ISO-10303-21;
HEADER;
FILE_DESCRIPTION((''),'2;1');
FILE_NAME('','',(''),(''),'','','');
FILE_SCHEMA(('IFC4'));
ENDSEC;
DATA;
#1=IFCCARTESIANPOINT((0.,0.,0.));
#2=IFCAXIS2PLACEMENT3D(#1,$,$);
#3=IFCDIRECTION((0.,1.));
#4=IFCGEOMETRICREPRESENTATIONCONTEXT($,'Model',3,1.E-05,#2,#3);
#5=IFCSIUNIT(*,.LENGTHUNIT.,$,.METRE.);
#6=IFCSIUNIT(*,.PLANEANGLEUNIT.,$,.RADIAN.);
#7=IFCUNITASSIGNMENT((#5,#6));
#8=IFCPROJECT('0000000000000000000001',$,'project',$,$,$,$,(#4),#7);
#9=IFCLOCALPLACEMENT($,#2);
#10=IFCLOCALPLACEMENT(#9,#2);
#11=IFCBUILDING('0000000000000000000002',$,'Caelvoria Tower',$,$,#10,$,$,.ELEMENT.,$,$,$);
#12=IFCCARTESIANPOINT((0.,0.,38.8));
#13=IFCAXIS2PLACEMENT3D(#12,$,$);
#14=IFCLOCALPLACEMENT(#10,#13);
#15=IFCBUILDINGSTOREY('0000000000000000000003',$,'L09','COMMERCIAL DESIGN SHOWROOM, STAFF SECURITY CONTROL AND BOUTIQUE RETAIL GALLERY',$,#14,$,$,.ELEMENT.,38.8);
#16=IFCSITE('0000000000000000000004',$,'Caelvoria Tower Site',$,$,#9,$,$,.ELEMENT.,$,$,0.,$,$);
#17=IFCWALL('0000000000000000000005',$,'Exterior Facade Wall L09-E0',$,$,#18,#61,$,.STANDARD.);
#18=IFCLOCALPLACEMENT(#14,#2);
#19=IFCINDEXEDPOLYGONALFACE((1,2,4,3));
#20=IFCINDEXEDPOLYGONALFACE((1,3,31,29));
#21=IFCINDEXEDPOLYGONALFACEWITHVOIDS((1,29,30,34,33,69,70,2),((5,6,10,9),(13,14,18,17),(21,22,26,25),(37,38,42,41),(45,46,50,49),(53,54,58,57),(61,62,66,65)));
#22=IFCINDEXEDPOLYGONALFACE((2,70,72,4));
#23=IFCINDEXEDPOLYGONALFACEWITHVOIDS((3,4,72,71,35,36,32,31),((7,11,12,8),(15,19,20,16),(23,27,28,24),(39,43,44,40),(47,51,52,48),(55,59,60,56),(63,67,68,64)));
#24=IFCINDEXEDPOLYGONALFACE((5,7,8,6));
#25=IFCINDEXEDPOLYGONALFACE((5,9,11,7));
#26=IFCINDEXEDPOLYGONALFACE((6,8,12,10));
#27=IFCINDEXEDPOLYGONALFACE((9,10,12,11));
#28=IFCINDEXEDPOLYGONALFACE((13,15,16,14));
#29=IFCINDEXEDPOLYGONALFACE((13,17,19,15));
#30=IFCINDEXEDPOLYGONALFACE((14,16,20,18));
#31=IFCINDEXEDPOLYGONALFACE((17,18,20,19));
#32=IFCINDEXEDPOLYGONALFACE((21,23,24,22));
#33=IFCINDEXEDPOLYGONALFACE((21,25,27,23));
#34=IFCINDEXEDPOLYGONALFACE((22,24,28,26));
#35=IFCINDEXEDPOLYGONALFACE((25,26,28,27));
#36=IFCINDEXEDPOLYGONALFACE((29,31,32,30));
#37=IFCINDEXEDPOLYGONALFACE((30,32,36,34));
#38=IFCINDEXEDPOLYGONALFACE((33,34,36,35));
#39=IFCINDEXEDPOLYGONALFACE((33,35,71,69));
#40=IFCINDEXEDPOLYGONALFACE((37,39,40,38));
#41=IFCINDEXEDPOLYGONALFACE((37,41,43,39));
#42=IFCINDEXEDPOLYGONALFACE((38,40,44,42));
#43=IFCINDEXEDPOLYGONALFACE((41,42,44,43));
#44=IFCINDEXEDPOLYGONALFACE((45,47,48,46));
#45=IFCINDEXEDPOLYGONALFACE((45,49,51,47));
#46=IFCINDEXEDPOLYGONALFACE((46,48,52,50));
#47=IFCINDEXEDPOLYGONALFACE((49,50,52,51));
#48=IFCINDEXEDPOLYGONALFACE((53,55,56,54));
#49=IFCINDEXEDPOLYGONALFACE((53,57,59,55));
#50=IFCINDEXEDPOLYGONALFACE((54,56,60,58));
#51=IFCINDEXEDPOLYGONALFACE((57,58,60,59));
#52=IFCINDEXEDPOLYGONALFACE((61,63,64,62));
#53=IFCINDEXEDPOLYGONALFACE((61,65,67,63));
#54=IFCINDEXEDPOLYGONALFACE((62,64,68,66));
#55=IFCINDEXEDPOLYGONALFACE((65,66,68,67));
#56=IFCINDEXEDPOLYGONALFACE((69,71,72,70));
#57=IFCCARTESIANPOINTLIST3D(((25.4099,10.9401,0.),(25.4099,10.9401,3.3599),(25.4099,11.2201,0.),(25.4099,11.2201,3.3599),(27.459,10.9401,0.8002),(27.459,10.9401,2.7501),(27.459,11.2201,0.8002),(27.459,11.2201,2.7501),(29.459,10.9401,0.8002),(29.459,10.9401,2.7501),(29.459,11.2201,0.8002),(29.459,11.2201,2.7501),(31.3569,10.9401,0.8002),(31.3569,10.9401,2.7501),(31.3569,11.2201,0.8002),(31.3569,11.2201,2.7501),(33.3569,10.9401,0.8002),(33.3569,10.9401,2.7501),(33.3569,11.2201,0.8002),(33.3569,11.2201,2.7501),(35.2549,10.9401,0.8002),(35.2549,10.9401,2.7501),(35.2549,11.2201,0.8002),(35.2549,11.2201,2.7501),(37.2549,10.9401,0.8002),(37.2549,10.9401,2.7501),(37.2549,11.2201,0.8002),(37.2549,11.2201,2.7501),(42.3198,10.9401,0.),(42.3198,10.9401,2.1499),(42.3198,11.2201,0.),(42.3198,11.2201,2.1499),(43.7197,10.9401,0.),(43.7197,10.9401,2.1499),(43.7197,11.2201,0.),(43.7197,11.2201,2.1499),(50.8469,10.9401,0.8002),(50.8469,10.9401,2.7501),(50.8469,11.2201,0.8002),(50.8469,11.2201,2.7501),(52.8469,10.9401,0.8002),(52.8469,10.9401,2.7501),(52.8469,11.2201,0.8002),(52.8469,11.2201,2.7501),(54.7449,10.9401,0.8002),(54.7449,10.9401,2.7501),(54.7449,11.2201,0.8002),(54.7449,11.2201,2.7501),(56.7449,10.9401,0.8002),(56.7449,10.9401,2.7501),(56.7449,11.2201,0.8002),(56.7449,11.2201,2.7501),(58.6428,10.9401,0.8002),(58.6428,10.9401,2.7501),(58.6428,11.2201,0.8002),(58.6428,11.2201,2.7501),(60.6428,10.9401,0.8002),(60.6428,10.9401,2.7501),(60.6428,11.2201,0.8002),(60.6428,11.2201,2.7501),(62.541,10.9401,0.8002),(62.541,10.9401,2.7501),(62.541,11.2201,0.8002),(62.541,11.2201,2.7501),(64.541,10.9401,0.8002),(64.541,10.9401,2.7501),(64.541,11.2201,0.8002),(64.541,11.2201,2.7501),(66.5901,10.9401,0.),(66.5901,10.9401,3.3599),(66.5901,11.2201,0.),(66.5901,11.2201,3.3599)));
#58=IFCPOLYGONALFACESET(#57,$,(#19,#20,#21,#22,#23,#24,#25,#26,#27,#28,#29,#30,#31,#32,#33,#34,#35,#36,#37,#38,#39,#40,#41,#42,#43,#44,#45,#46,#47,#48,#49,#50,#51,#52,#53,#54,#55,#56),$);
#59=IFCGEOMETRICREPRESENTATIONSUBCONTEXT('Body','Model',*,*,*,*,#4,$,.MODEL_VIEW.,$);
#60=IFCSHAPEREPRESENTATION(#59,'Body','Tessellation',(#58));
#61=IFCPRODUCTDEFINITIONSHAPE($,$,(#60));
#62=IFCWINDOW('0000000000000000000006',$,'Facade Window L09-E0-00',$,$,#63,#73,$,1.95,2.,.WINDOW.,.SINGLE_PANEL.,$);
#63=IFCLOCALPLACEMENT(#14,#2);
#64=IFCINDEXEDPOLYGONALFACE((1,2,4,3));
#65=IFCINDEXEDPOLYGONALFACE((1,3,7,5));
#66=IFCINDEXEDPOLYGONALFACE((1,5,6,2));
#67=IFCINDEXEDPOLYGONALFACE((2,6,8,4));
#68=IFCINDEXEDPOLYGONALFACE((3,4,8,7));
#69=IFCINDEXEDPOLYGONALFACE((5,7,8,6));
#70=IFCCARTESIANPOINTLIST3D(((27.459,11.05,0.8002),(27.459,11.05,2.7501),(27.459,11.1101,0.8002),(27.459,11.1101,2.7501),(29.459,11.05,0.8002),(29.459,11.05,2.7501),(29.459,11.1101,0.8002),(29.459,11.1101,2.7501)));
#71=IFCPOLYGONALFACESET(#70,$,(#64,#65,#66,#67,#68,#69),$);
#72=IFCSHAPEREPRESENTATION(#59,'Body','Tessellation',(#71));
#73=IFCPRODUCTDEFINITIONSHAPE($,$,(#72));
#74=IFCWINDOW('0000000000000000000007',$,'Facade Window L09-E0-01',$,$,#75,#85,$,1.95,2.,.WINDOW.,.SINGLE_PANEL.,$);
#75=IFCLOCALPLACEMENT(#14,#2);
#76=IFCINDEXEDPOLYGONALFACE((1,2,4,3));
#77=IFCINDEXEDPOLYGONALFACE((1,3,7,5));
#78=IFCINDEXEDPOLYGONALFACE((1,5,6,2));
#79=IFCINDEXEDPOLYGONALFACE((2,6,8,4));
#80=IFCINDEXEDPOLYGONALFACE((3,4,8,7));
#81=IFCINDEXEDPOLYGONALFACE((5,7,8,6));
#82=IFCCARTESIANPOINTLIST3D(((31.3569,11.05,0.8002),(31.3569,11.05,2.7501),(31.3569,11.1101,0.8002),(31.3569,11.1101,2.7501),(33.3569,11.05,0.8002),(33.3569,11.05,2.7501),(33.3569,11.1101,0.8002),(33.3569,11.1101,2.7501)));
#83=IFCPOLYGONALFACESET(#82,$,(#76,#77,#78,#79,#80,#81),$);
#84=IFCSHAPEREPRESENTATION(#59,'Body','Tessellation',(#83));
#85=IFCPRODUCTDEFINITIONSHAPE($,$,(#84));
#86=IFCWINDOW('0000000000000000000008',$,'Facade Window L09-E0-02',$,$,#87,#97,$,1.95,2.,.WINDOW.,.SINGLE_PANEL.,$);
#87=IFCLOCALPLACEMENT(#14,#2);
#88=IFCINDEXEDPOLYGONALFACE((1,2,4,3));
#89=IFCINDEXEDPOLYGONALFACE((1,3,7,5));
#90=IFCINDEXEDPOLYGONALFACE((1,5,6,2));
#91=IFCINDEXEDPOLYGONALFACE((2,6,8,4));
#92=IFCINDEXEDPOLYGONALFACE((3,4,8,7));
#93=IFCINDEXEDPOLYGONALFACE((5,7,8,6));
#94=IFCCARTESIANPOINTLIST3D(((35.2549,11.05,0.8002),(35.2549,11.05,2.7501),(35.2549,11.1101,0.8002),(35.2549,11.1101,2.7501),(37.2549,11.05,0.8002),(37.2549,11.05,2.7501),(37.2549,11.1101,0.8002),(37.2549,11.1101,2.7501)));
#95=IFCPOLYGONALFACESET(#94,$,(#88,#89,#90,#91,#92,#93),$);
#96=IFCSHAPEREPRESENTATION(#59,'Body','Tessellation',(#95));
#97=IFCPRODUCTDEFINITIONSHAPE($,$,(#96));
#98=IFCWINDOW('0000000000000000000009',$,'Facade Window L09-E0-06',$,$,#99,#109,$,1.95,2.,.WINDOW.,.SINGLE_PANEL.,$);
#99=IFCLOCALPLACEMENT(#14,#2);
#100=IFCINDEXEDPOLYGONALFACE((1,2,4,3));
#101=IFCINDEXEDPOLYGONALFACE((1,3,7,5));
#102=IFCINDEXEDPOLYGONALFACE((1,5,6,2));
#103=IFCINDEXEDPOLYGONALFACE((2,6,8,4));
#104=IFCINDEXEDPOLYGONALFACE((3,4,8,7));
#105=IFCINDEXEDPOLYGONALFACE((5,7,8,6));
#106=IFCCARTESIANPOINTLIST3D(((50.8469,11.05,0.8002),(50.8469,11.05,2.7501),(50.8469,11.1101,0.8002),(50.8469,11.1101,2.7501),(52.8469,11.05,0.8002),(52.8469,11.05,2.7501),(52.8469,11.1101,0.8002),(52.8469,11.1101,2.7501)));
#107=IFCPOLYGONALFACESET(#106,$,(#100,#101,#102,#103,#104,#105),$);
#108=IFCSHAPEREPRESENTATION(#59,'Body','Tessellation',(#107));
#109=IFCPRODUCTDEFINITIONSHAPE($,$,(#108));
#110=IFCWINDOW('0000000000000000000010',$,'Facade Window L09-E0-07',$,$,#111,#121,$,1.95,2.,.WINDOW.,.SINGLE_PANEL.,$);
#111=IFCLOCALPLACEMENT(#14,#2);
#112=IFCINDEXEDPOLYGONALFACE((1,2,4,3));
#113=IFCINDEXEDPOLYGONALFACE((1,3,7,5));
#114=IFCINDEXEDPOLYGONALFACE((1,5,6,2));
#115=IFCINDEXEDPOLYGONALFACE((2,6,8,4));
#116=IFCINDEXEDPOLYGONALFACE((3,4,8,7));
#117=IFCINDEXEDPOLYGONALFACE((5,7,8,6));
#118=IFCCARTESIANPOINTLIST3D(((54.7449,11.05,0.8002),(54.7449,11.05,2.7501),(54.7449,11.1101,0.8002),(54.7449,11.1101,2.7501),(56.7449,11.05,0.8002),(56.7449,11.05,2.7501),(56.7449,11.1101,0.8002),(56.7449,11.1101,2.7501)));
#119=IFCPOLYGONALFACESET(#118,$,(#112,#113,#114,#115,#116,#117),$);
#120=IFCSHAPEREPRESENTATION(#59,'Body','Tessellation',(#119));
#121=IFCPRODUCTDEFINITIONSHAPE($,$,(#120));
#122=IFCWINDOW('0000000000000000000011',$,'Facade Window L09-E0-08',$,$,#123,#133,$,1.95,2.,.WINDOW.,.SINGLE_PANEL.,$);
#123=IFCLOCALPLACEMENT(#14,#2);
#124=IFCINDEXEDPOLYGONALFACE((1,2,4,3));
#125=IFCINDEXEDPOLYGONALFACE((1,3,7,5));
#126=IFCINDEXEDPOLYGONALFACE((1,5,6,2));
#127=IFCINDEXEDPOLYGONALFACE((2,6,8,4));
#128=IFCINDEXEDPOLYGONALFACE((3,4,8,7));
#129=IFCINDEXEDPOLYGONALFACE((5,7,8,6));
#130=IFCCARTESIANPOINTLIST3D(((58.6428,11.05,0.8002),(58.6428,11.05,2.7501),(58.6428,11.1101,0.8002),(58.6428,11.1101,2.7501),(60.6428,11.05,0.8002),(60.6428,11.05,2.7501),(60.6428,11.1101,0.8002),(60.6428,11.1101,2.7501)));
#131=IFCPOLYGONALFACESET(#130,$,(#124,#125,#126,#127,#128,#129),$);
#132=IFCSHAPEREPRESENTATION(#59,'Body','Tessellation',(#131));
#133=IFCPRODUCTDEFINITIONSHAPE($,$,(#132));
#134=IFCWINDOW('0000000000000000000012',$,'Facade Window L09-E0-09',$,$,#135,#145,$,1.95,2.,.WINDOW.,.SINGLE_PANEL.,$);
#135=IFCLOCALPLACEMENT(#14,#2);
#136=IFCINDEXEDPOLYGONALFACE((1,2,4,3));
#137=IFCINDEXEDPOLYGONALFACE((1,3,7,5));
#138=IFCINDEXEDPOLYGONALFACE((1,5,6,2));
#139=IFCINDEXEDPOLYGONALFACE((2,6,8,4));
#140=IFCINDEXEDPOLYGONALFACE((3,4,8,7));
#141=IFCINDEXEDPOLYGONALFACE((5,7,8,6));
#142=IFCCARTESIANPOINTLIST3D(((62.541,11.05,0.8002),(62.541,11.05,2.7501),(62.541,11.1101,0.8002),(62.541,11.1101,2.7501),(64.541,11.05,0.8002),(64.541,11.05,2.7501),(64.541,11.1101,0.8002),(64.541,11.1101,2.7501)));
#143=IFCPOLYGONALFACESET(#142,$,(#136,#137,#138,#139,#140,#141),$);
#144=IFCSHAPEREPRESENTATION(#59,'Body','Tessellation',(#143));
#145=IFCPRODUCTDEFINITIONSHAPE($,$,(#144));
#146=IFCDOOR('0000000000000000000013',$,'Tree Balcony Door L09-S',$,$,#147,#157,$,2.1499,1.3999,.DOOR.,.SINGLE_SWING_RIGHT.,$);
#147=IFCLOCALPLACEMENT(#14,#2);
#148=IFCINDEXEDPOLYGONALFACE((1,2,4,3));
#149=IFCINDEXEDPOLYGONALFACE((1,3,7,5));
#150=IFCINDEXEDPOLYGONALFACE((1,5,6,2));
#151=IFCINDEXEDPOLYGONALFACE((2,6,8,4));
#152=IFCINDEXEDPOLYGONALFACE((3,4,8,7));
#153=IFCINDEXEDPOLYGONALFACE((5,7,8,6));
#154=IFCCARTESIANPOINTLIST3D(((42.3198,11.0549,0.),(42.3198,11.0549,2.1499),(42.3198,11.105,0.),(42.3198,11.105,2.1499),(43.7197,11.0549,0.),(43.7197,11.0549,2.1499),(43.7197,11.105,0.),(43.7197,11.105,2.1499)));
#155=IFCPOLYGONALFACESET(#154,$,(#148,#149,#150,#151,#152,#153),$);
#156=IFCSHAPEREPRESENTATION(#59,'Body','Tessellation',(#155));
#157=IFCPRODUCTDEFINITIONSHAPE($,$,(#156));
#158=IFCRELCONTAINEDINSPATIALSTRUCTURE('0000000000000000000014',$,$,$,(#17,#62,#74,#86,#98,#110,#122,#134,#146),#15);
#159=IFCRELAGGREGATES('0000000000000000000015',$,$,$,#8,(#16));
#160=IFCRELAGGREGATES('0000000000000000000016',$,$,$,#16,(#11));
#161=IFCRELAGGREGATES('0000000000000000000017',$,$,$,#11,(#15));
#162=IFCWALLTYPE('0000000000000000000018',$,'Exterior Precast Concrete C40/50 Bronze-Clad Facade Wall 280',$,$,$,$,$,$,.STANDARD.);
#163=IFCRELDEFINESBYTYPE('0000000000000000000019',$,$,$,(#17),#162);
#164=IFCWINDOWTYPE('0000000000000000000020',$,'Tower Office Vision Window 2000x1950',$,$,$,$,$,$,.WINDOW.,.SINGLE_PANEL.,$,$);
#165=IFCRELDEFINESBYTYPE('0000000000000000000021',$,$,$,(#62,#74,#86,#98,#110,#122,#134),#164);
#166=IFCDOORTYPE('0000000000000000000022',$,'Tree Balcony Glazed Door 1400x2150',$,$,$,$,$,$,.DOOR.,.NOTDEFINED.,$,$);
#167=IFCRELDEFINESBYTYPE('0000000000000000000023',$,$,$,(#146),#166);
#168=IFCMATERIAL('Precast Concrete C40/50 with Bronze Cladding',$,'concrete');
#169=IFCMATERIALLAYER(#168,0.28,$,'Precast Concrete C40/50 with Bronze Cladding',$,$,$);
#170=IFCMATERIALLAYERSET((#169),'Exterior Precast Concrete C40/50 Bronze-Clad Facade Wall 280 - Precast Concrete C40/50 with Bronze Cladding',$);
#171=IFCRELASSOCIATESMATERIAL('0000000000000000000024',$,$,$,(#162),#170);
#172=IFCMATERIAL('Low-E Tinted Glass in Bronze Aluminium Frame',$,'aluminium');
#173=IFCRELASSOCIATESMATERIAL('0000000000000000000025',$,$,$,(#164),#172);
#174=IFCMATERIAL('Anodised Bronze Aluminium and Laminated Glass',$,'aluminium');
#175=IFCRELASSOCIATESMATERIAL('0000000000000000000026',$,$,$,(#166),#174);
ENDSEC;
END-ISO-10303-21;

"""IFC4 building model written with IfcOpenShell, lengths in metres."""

from ifc_helpers import new_model, si_unit, direction, frame, frame_2d, origin, place, context, subcontext, project, spatial, rectangle, extrude, material, layer, layer_set, type_object, element, fill, save


model = new_model("IFC4")

# Units and contexts
model_context = context("Model", 3, precision=1e-05, world=origin(), true_north=direction((0.0, 1.0)))
body_context = subcontext(model_context, "Body", "Model", "MODEL_VIEW")
ifc_project = project(units=[si_unit("LENGTHUNIT", "METRE"), si_unit("PLANEANGLEUNIT", "RADIAN")], contexts=[model_context])

# Site, building, storey
site_placement = place(None, origin())
site = spatial("IfcSite", under=ifc_project, at=site_placement, Name="Caelvoria Tower Site", CompositionType="ELEMENT", RefElevation=0.0)
building_placement = place(site_placement, origin())
building = spatial("IfcBuilding", under=site, at=building_placement, Name="Caelvoria Tower", CompositionType="ELEMENT")
storey_placement = place(building_placement, frame((0.0, 0.0, 38.8)))
storey = spatial("IfcBuildingStorey", under=building, at=storey_placement, Name="L09", Description="COMMERCIAL DESIGN SHOWROOM, STAFF SECURITY CONTROL AND BOUTIQUE RETAIL GALLERY", CompositionType="ELEMENT", Elevation=38.8)

# Wall, openings, windows, door
ifc_material_1 = material(Name="Precast Concrete C40/50 with Bronze Cladding", Category="concrete")
ifc_layer_1 = layer(ifc_material_1, 0.28, Name="Precast Concrete C40/50 with Bronze Cladding")
ifc_layer_set_1 = layer_set([ifc_layer_1], Name="Exterior Precast Concrete C40/50 Bronze-Clad Facade Wall 280 - Precast Concrete C40/50 with Bronze Cladding")
wall_type = type_object("IfcWallType", Name="Exterior Precast Concrete C40/50 Bronze-Clad Facade Wall 280", PredefinedType="STANDARD", material=ifc_layer_set_1)
wall_placement = place(storey_placement, frame((25.4099, 11.0801, 0.0), z_axis=(0.0, 0.0, 1.0), x_axis=(1.0, 0.0, 0.0)))
wall = element("IfcWall", 1, at=wall_placement, inside=storey, type_object=wall_type, Name="Exterior Facade Wall L09-E0", PredefinedType="STANDARD", context=body_context, shape_type="SweptSolid", body=[
    extrude(rectangle(XDim=41.1802, YDim=0.28, at=frame_2d((20.5901, 0.0))), origin(), (0.0, 0.0, 1.0), 3.3599),
])
opening_1_placement = place(wall_placement, frame((16.9099, 0.0, 0.0)))
opening_1 = element("IfcOpeningElement", 2, at=opening_1_placement, cuts=wall, PredefinedType="OPENING", context=body_context, shape_type="SweptSolid", body=[
    extrude(rectangle(XDim=1.3999, YDim=2.1499, at=frame_2d((0.7, 1.075))), frame((0.0, 0.1499, 0.0), z_axis=(0.0, -1.0, 0.0), x_axis=(1.0, 0.0, 0.0)), (0.0, 0.0, 1.0), 0.3),
])
opening_2_placement = place(wall_placement, frame((2.0491, 0.0, 0.8)))
opening_2 = element("IfcOpeningElement", 3, at=opening_2_placement, cuts=wall, PredefinedType="OPENING", context=body_context, shape_type="SweptSolid", body=[
    extrude(rectangle(XDim=2.0, YDim=1.95, at=frame_2d((1.0, 0.9751))), frame((0.0, 0.1499, 0.0), z_axis=(0.0, -1.0, 0.0), x_axis=(1.0, 0.0, 0.0)), (0.0, 0.0, 1.0), 0.3),
])
opening_3_placement = place(wall_placement, frame((5.947, 0.0, 0.8)))
opening_3 = element("IfcOpeningElement", 4, at=opening_3_placement, cuts=wall, PredefinedType="OPENING", context=body_context, shape_type="SweptSolid", body=[
    extrude(rectangle(XDim=2.0, YDim=1.95, at=frame_2d((1.0, 0.9751))), frame((0.0, 0.1499, 0.0), z_axis=(0.0, -1.0, 0.0), x_axis=(1.0, 0.0, 0.0)), (0.0, 0.0, 1.0), 0.3),
])
opening_4_placement = place(wall_placement, frame((9.845, 0.0, 0.8)))
opening_4 = element("IfcOpeningElement", 5, at=opening_4_placement, cuts=wall, PredefinedType="OPENING", context=body_context, shape_type="SweptSolid", body=[
    extrude(rectangle(XDim=2.0, YDim=1.95, at=frame_2d((1.0, 0.9751))), frame((0.0, 0.1499, 0.0), z_axis=(0.0, -1.0, 0.0), x_axis=(1.0, 0.0, 0.0)), (0.0, 0.0, 1.0), 0.3),
])
opening_5_placement = place(wall_placement, frame((25.437, 0.0, 0.8)))
opening_5 = element("IfcOpeningElement", 6, at=opening_5_placement, cuts=wall, PredefinedType="OPENING", context=body_context, shape_type="SweptSolid", body=[
    extrude(rectangle(XDim=2.0, YDim=1.95, at=frame_2d((1.0, 0.9751))), frame((0.0, 0.1499, 0.0), z_axis=(0.0, -1.0, 0.0), x_axis=(1.0, 0.0, 0.0)), (0.0, 0.0, 1.0), 0.3),
])
opening_6_placement = place(wall_placement, frame((29.335, 0.0, 0.8)))
opening_6 = element("IfcOpeningElement", 7, at=opening_6_placement, cuts=wall, PredefinedType="OPENING", context=body_context, shape_type="SweptSolid", body=[
    extrude(rectangle(XDim=2.0, YDim=1.95, at=frame_2d((1.0, 0.9751))), frame((0.0, 0.1499, 0.0), z_axis=(0.0, -1.0, 0.0), x_axis=(1.0, 0.0, 0.0)), (0.0, 0.0, 1.0), 0.3),
])
opening_7_placement = place(wall_placement, frame((33.2329, 0.0, 0.8)))
opening_7 = element("IfcOpeningElement", 8, at=opening_7_placement, cuts=wall, PredefinedType="OPENING", context=body_context, shape_type="SweptSolid", body=[
    extrude(rectangle(XDim=2.0, YDim=1.95, at=frame_2d((1.0, 0.9751))), frame((0.0, 0.1499, 0.0), z_axis=(0.0, -1.0, 0.0), x_axis=(1.0, 0.0, 0.0)), (0.0, 0.0, 1.0), 0.3),
])
opening_8_placement = place(wall_placement, frame((37.1311, 0.0, 0.8)))
opening_8 = element("IfcOpeningElement", 9, at=opening_8_placement, cuts=wall, PredefinedType="OPENING", context=body_context, shape_type="SweptSolid", body=[
    extrude(rectangle(XDim=2.0, YDim=1.95, at=frame_2d((1.0, 0.9751))), frame((0.0, 0.1499, 0.0), z_axis=(0.0, -1.0, 0.0), x_axis=(1.0, 0.0, 0.0)), (0.0, 0.0, 1.0), 0.3),
])
ifc_material_2 = material(Name="Low-E Tinted Glass in Bronze Aluminium Frame", Category="aluminium")
window_type = type_object("IfcWindowType", Name="Tower Office Vision Window 2000x1950", PartitioningType="SINGLE_PANEL", PredefinedType="WINDOW", material=ifc_material_2)
window_1_placement = place(opening_2_placement, origin())
window_1 = element("IfcWindow", 10, at=window_1_placement, inside=storey, type_object=window_type, Name="Facade Window L09-E0-00", OverallHeight=1.95, OverallWidth=2.0, PartitioningType="SINGLE_PANEL", PredefinedType="WINDOW", context=body_context, shape_type="SweptSolid", body=[
    extrude(rectangle(XDim=2.0, YDim=1.95, at=frame_2d((1.0, 0.9751))), frame((0.0, 0.03, 0.0), z_axis=(0.0, -1.0, 0.0), x_axis=(1.0, 0.0, 0.0)), (0.0, 0.0, 1.0), 0.0601),
])
fill(opening_2, window_1)
window_2_placement = place(opening_3_placement, origin())
window_2 = element("IfcWindow", 11, at=window_2_placement, inside=storey, type_object=window_type, Name="Facade Window L09-E0-01", OverallHeight=1.95, OverallWidth=2.0, PartitioningType="SINGLE_PANEL", PredefinedType="WINDOW", context=body_context, shape_type="SweptSolid", body=[
    extrude(rectangle(XDim=2.0, YDim=1.95, at=frame_2d((1.0, 0.9751))), frame((0.0, 0.03, 0.0), z_axis=(0.0, -1.0, 0.0), x_axis=(1.0, 0.0, 0.0)), (0.0, 0.0, 1.0), 0.0601),
])
fill(opening_3, window_2)
window_3_placement = place(opening_4_placement, origin())
window_3 = element("IfcWindow", 12, at=window_3_placement, inside=storey, type_object=window_type, Name="Facade Window L09-E0-02", OverallHeight=1.95, OverallWidth=2.0, PartitioningType="SINGLE_PANEL", PredefinedType="WINDOW", context=body_context, shape_type="SweptSolid", body=[
    extrude(rectangle(XDim=2.0, YDim=1.95, at=frame_2d((1.0, 0.9751))), frame((0.0, 0.03, 0.0), z_axis=(0.0, -1.0, 0.0), x_axis=(1.0, 0.0, 0.0)), (0.0, 0.0, 1.0), 0.0601),
])
fill(opening_4, window_3)
window_4_placement = place(opening_5_placement, origin())
window_4 = element("IfcWindow", 13, at=window_4_placement, inside=storey, type_object=window_type, Name="Facade Window L09-E0-06", OverallHeight=1.95, OverallWidth=2.0, PartitioningType="SINGLE_PANEL", PredefinedType="WINDOW", context=body_context, shape_type="SweptSolid", body=[
    extrude(rectangle(XDim=2.0, YDim=1.95, at=frame_2d((1.0, 0.9751))), frame((0.0, 0.03, 0.0), z_axis=(0.0, -1.0, 0.0), x_axis=(1.0, 0.0, 0.0)), (0.0, 0.0, 1.0), 0.0601),
])
fill(opening_5, window_4)
window_5_placement = place(opening_6_placement, origin())
window_5 = element("IfcWindow", 14, at=window_5_placement, inside=storey, type_object=window_type, Name="Facade Window L09-E0-07", OverallHeight=1.95, OverallWidth=2.0, PartitioningType="SINGLE_PANEL", PredefinedType="WINDOW", context=body_context, shape_type="SweptSolid", body=[
    extrude(rectangle(XDim=2.0, YDim=1.95, at=frame_2d((1.0, 0.9751))), frame((0.0, 0.03, 0.0), z_axis=(0.0, -1.0, 0.0), x_axis=(1.0, 0.0, 0.0)), (0.0, 0.0, 1.0), 0.0601),
])
fill(opening_6, window_5)
window_6_placement = place(opening_7_placement, origin())
window_6 = element("IfcWindow", 15, at=window_6_placement, inside=storey, type_object=window_type, Name="Facade Window L09-E0-08", OverallHeight=1.95, OverallWidth=2.0, PartitioningType="SINGLE_PANEL", PredefinedType="WINDOW", context=body_context, shape_type="SweptSolid", body=[
    extrude(rectangle(XDim=2.0, YDim=1.95, at=frame_2d((1.0, 0.9751))), frame((0.0, 0.03, 0.0), z_axis=(0.0, -1.0, 0.0), x_axis=(1.0, 0.0, 0.0)), (0.0, 0.0, 1.0), 0.0601),
])
fill(opening_7, window_6)
window_7_placement = place(opening_8_placement, origin())
window_7 = element("IfcWindow", 16, at=window_7_placement, inside=storey, type_object=window_type, Name="Facade Window L09-E0-09", OverallHeight=1.95, OverallWidth=2.0, PartitioningType="SINGLE_PANEL", PredefinedType="WINDOW", context=body_context, shape_type="SweptSolid", body=[
    extrude(rectangle(XDim=2.0, YDim=1.95, at=frame_2d((1.0, 0.9751))), frame((0.0, 0.03, 0.0), z_axis=(0.0, -1.0, 0.0), x_axis=(1.0, 0.0, 0.0)), (0.0, 0.0, 1.0), 0.0601),
])
fill(opening_8, window_7)
ifc_material_3 = material(Name="Anodised Bronze Aluminium and Laminated Glass", Category="aluminium")
door_type = type_object("IfcDoorType", Name="Tree Balcony Glazed Door 1400x2150", OperationType="NOTDEFINED", PredefinedType="DOOR", material=ifc_material_3)
door_placement = place(opening_1_placement, origin())
door = element("IfcDoor", 17, at=door_placement, inside=storey, type_object=door_type, Name="Tree Balcony Door L09-S", OperationType="SINGLE_SWING_RIGHT", OverallHeight=2.1499, OverallWidth=1.3999, PredefinedType="DOOR", context=body_context, shape_type="SweptSolid", body=[
    extrude(rectangle(XDim=1.3999, YDim=2.1499, at=frame_2d((0.7, 1.075))), frame((0.0, 0.0249, 0.0), z_axis=(0.0, -1.0, 0.0), x_axis=(1.0, 0.0, 0.0)), (0.0, 0.0, 1.0), 0.05),
])
fill(opening_1, door)

save(model, "model.ifc")
